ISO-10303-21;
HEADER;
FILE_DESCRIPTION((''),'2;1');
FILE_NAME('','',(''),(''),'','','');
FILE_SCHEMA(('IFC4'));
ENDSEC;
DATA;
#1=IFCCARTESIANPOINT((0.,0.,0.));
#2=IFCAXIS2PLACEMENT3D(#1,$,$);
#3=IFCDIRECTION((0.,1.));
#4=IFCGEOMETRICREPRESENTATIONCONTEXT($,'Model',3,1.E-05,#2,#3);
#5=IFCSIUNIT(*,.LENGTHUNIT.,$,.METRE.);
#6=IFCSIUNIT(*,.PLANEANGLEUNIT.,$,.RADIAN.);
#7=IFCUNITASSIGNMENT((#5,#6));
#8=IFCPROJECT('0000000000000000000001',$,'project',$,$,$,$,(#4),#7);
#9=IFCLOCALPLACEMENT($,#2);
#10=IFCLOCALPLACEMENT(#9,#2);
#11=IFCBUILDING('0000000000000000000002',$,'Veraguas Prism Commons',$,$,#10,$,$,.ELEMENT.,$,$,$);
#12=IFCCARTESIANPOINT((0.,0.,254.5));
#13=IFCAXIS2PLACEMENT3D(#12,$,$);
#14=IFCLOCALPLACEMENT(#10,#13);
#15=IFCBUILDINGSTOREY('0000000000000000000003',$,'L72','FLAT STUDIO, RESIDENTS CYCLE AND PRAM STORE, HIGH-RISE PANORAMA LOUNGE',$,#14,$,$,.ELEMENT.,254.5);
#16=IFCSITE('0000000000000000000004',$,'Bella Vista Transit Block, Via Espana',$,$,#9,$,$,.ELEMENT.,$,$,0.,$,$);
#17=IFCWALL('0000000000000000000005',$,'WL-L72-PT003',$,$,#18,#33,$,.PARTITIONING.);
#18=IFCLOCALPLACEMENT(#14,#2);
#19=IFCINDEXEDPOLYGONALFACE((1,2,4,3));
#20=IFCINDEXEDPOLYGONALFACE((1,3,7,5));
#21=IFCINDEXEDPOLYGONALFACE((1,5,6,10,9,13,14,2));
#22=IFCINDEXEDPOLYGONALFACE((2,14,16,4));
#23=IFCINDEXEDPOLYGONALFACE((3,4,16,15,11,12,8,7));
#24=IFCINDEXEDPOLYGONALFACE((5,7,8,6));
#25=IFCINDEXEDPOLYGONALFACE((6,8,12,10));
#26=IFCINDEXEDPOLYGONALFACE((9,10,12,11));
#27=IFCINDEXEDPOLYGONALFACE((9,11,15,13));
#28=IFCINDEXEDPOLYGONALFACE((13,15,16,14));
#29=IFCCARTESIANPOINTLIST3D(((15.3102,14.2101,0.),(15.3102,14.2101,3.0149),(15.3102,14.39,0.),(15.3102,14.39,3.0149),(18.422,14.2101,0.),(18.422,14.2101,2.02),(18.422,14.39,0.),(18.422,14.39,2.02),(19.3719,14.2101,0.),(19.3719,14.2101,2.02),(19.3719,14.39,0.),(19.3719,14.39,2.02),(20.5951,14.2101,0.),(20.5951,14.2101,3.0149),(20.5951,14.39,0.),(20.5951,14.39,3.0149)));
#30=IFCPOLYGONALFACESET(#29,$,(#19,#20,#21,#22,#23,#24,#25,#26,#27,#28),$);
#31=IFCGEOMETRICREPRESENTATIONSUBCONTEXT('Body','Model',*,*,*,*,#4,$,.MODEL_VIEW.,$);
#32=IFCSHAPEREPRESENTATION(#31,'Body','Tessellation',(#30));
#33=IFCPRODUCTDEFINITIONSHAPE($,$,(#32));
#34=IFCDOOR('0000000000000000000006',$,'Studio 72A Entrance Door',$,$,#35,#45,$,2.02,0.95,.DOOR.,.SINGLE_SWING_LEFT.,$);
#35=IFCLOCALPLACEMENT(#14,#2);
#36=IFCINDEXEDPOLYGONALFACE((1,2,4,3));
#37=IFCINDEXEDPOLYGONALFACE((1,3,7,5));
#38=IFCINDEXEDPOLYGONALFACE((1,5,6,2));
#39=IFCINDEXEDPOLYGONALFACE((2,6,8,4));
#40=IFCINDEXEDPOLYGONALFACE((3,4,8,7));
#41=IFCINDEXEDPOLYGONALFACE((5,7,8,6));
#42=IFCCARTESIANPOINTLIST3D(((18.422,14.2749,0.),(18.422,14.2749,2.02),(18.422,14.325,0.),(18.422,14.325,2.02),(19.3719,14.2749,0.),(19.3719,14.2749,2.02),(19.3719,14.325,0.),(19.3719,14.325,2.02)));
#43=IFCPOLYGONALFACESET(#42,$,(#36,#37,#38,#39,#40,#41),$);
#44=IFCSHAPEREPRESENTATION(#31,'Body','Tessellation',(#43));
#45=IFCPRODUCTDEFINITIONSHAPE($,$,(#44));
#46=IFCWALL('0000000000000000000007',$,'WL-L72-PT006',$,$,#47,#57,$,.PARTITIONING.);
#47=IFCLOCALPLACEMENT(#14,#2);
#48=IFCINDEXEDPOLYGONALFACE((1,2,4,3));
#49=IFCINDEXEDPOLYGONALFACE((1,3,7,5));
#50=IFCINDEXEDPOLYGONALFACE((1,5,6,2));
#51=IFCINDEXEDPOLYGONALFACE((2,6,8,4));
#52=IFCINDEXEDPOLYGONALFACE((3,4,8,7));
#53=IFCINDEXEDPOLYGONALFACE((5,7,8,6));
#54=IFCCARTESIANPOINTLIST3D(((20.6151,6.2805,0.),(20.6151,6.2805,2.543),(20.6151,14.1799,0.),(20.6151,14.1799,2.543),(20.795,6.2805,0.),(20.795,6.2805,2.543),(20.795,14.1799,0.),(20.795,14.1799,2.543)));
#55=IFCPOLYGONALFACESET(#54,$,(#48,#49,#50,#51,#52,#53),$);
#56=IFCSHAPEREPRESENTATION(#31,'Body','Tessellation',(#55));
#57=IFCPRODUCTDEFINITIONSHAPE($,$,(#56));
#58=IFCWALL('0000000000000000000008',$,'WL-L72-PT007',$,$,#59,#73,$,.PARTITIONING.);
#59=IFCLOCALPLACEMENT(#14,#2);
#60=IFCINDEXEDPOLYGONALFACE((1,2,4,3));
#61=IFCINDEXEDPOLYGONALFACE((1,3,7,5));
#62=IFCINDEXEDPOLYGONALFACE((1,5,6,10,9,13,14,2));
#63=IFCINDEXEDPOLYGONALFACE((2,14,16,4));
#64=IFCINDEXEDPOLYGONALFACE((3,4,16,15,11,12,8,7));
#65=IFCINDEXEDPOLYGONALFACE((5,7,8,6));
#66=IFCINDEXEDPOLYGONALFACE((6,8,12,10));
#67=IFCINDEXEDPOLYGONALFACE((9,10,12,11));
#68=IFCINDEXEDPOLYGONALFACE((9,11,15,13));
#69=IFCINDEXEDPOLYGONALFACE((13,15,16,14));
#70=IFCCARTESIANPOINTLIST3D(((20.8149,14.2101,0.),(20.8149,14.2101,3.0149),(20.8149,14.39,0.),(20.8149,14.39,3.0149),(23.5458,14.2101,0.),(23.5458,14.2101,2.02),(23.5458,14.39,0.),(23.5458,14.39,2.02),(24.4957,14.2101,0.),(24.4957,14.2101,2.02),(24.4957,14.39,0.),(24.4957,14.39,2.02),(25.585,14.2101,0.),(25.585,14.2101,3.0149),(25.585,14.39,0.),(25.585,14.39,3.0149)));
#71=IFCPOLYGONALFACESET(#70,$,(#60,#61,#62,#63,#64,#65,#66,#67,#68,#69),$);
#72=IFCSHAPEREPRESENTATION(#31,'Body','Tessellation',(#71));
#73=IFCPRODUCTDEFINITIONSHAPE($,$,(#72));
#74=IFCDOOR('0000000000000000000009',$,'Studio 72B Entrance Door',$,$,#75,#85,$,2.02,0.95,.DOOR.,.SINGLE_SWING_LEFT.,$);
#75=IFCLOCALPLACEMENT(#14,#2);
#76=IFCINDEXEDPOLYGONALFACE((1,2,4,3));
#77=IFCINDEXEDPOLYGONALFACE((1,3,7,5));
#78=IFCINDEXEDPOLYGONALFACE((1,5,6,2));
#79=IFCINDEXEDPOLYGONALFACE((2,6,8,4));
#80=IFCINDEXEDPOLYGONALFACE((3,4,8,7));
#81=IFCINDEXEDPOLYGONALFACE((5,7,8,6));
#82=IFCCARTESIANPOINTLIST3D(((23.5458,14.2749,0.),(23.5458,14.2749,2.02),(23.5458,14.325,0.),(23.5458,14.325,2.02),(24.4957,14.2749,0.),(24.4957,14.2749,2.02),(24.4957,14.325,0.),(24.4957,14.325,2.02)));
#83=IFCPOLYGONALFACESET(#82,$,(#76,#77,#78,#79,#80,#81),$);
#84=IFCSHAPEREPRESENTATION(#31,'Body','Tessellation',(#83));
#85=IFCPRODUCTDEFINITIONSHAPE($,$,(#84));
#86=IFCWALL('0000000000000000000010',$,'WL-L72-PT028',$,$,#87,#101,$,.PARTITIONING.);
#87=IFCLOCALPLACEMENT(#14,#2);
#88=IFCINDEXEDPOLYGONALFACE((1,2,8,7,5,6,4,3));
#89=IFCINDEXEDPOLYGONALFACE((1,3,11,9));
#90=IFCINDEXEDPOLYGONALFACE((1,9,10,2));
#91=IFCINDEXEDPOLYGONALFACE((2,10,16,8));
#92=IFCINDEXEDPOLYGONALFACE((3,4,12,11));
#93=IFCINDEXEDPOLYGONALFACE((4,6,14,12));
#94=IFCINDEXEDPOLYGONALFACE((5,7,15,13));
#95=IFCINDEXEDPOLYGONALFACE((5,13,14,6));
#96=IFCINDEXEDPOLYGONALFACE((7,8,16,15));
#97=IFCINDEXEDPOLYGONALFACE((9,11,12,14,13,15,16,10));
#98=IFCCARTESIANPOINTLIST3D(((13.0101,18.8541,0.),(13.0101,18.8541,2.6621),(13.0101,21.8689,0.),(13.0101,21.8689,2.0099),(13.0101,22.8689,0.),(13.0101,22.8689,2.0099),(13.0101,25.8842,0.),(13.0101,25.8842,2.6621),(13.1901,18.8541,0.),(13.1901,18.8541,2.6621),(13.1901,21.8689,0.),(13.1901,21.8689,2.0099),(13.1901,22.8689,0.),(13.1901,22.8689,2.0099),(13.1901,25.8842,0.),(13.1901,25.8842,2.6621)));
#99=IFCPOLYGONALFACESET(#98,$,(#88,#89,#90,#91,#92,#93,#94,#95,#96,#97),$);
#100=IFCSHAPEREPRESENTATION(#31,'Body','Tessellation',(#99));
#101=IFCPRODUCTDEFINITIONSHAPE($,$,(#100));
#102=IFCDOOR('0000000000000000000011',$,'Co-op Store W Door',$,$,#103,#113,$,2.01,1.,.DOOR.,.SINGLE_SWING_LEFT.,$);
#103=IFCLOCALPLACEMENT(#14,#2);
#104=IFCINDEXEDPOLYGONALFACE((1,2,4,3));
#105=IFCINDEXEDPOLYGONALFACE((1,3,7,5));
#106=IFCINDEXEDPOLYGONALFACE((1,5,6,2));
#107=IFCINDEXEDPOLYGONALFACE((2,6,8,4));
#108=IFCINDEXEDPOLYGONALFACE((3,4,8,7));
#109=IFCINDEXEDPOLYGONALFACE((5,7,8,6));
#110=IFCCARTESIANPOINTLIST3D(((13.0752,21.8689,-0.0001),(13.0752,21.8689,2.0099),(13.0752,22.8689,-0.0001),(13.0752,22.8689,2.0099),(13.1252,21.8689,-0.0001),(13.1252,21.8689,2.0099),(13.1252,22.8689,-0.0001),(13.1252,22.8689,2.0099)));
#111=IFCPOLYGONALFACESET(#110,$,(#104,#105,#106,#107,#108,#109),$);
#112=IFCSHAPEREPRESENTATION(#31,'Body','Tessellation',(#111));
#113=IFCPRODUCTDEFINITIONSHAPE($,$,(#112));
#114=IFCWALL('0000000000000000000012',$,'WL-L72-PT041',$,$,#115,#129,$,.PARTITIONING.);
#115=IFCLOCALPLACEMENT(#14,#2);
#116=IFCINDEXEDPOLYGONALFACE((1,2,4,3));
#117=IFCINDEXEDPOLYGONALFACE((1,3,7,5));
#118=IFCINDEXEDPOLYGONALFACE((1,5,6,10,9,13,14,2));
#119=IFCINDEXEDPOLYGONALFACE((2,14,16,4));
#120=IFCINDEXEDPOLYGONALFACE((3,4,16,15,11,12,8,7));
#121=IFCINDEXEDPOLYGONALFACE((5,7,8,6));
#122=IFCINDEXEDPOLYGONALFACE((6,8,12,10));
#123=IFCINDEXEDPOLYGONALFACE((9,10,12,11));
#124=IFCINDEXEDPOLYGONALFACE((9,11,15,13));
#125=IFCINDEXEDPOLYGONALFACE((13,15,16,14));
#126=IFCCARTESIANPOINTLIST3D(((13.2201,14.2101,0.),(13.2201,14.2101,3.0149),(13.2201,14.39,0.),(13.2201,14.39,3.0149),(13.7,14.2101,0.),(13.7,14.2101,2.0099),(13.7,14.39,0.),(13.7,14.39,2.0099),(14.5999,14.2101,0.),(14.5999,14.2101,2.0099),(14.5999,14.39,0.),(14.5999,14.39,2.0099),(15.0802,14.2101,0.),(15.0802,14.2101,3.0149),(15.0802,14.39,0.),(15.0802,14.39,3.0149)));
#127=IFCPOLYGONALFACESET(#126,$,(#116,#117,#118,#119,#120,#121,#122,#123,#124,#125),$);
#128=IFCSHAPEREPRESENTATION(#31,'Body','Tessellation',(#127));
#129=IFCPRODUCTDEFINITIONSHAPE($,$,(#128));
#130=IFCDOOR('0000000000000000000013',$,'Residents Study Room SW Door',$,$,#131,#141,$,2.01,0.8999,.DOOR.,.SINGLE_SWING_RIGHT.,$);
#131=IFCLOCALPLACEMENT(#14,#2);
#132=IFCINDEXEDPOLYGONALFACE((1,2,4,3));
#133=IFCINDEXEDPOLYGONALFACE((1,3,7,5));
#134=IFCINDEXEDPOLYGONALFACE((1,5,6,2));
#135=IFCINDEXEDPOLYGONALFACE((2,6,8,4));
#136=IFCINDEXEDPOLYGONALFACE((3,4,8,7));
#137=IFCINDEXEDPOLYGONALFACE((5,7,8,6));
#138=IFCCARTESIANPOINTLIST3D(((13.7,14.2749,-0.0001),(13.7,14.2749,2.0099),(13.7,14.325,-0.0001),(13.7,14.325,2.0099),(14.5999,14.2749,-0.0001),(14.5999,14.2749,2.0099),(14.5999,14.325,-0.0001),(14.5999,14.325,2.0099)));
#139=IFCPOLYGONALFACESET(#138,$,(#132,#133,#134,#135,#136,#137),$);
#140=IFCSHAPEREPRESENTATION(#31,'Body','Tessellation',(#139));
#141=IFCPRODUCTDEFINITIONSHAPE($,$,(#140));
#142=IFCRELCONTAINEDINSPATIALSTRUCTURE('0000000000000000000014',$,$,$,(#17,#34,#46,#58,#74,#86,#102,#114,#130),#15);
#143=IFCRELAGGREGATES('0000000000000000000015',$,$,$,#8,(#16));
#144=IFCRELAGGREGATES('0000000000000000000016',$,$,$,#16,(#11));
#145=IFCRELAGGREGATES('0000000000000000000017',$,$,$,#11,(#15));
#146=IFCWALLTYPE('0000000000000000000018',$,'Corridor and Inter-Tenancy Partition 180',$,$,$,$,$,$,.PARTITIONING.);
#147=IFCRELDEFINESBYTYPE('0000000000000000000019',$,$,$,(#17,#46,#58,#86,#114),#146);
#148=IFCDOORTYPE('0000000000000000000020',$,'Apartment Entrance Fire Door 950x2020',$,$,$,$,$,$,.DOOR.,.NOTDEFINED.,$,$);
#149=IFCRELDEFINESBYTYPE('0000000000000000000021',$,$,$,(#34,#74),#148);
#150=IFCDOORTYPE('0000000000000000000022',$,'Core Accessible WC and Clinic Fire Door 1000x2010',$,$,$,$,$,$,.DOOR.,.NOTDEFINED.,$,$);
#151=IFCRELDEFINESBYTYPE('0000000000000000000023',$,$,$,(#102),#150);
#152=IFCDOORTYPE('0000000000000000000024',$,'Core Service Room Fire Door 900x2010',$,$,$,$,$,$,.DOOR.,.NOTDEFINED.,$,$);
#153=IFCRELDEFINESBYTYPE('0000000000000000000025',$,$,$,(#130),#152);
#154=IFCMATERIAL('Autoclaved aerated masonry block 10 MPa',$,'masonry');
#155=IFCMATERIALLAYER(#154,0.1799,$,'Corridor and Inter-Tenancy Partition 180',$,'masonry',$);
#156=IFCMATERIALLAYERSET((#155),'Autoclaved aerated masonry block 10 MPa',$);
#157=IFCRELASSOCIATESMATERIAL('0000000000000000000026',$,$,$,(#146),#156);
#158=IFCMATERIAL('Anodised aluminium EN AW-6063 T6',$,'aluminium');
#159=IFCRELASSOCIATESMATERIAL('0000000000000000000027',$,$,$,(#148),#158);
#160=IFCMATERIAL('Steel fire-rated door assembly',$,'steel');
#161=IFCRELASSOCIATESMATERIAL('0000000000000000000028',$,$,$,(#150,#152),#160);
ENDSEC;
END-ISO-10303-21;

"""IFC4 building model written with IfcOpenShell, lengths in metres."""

from ifc_helpers import new_model, si_unit, direction, frame, frame_2d, origin, place, context, subcontext, project, spatial, rectangle, extrude, source, transform, mapped, material, layer, layer_set, type_object, element, fill, save


model = new_model("IFC4")

# Units and contexts
model_context = context("Model", 3, precision=1e-05, world=origin(), true_north=direction((0.0, 1.0)))
body_context = subcontext(model_context, "Body", "Model", "MODEL_VIEW")
ifc_project = project(units=[si_unit("LENGTHUNIT", "METRE"), si_unit("PLANEANGLEUNIT", "RADIAN")], contexts=[model_context])

# Site, building, storey
site_placement = place(None, origin())
site = spatial("IfcSite", under=ifc_project, at=site_placement, Name="Bella Vista Transit Block, Via Espana", CompositionType="ELEMENT", RefElevation=0.0)
building_placement = place(site_placement, origin())
building = spatial("IfcBuilding", under=site, at=building_placement, Name="Veraguas Prism Commons", CompositionType="ELEMENT")
storey_placement = place(building_placement, frame((0.0, 0.0, 254.5)))
storey = spatial("IfcBuildingStorey", under=building, at=storey_placement, Name="L72", Description="FLAT STUDIO, RESIDENTS CYCLE AND PRAM STORE, HIGH-RISE PANORAMA LOUNGE", CompositionType="ELEMENT", Elevation=254.5)

# Shared definitions
ifc_material_1 = material(Name="Steel fire-rated door assembly", Category="steel")

# Wall, opening, door
ifc_material_2 = material(Name="Autoclaved aerated masonry block 10 MPa", Category="masonry")
ifc_layer_1 = layer(ifc_material_2, 0.1799, Name="Corridor and Inter-Tenancy Partition 180", Category="masonry")
ifc_layer_set_1 = layer_set([ifc_layer_1], Name="Autoclaved aerated masonry block 10 MPa")
wall_type_1 = type_object("IfcWallType", Name="Corridor and Inter-Tenancy Partition 180", PredefinedType="PARTITIONING", material=ifc_layer_set_1)
wall_1_placement = place(storey_placement, frame((15.3101, 14.3, 0.0), z_axis=(0.0, 0.0, 1.0), x_axis=(1.0, 0.0, 0.0)))
wall_1 = element("IfcWall", 1, at=wall_1_placement, inside=storey, type_object=wall_type_1, Name="WL-L72-PT003", PredefinedType="PARTITIONING", context=body_context, shape_type="SweptSolid", body=[
    extrude(rectangle(XDim=5.2849, YDim=0.1799, at=frame_2d((2.6426, 0.0))), origin(), (0.0, 0.0, 1.0), 3.0149),
])
opening_1_placement = place(wall_1_placement, frame((3.1118, 0.0, 0.0)))
opening_1 = element("IfcOpeningElement", 2, at=opening_1_placement, cuts=wall_1, PredefinedType="OPENING", context=body_context, shape_type="SweptSolid", body=[
    extrude(rectangle(XDim=0.95, YDim=2.02, at=frame_2d((0.4751, 1.01))), frame((0.0, 0.0999, 0.0), z_axis=(0.0, -1.0, 0.0), x_axis=(1.0, 0.0, 0.0)), (0.0, 0.0, 1.0), 0.2),
])
ifc_material_3 = material(Name="Anodised aluminium EN AW-6063 T6", Category="aluminium")
door_type_1 = type_object("IfcDoorType", Name="Apartment Entrance Fire Door 950x2020", OperationType="NOTDEFINED", PredefinedType="DOOR", material=ifc_material_3)
shared_shape_1 = source(origin(), body_context, "Body", "SweptSolid", [
    extrude(rectangle(XDim=0.95, YDim=2.02, at=frame_2d((0.4751, 1.01))), frame((0.0, 0.0249, 0.0), z_axis=(0.0, -1.0, 0.0), x_axis=(1.0, 0.0, 0.0)), (0.0, 0.0, 1.0), 0.05),
])
door_1_placement = place(opening_1_placement, origin())
door_1 = element("IfcDoor", 3, at=door_1_placement, inside=storey, type_object=door_type_1, Name="Studio 72A Entrance Door", OperationType="SINGLE_SWING_LEFT", OverallHeight=2.02, OverallWidth=0.95, PredefinedType="DOOR", context=body_context, shape_type="MappedRepresentation", body=[
    mapped(shared_shape_1, transform((0.0, 0.0, 0.0), scale=1.0)),
])
fill(opening_1, door_1)

# Wall
wall_2_placement = place(storey_placement, frame((20.7051, 14.1799, 0.0), z_axis=(0.0, 0.0, 1.0), x_axis=(0.0, -1.0, 0.0)))
element("IfcWall", 4, at=wall_2_placement, inside=storey, type_object=wall_type_1, Name="WL-L72-PT006", PredefinedType="PARTITIONING", context=body_context, shape_type="SweptSolid", body=[
    extrude(rectangle(XDim=7.8994, YDim=0.1799, at=frame_2d((3.9497, 0.0))), origin(), (0.0, 0.0, 1.0), 2.543),
])

# Walls, openings, doors
wall_3_placement = place(storey_placement, frame((20.8149, 14.3, 0.0), z_axis=(0.0, 0.0, 1.0), x_axis=(1.0, 0.0, 0.0)))
wall_3 = element("IfcWall", 5, at=wall_3_placement, inside=storey, type_object=wall_type_1, Name="WL-L72-PT007", PredefinedType="PARTITIONING", context=body_context, shape_type="SweptSolid", body=[
    extrude(rectangle(XDim=4.77, YDim=0.1799, at=frame_2d((2.385, 0.0))), origin(), (0.0, 0.0, 1.0), 3.0149),
])
opening_2_placement = place(wall_3_placement, frame((2.7307, 0.0, 0.0)))
opening_2 = element("IfcOpeningElement", 6, at=opening_2_placement, cuts=wall_3, PredefinedType="OPENING", context=body_context, shape_type="SweptSolid", body=[
    extrude(rectangle(XDim=0.95, YDim=2.02, at=frame_2d((0.4751, 1.01))), frame((0.0, 0.0999, 0.0), z_axis=(0.0, -1.0, 0.0), x_axis=(1.0, 0.0, 0.0)), (0.0, 0.0, 1.0), 0.2),
])
door_2_placement = place(opening_2_placement, origin())
door_2 = element("IfcDoor", 7, at=door_2_placement, inside=storey, type_object=door_type_1, Name="Studio 72B Entrance Door", OperationType="SINGLE_SWING_LEFT", OverallHeight=2.02, OverallWidth=0.95, PredefinedType="DOOR", context=body_context, shape_type="MappedRepresentation", body=[
    mapped(shared_shape_1, transform((0.0, 0.0, 0.0), scale=1.0)),
])
fill(opening_2, door_2)
wall_4_placement = place(storey_placement, frame((13.1001, 18.854, 0.0), z_axis=(0.0, 0.0, 1.0), x_axis=(0.0, 1.0, 0.0)))
wall_4 = element("IfcWall", 8, at=wall_4_placement, inside=storey, type_object=wall_type_1, Name="WL-L72-PT028", PredefinedType="PARTITIONING", context=body_context, shape_type="SweptSolid", body=[
    extrude(rectangle(XDim=7.03, YDim=0.1799, at=frame_2d((3.5151, 0.0))), origin(), (0.0, 0.0, 1.0), 2.6621),
])
opening_3_placement = place(wall_4_placement, frame((3.0149, 0.0, 0.0)))
opening_3 = element("IfcOpeningElement", 9, at=opening_3_placement, cuts=wall_4, PredefinedType="OPENING", context=body_context, shape_type="SweptSolid", body=[
    extrude(rectangle(XDim=1.0, YDim=2.01, at=frame_2d((0.5, 1.0049))), frame((0.0, 0.0999, 0.0), z_axis=(0.0, -1.0, 0.0), x_axis=(1.0, 0.0, 0.0)), (0.0, 0.0, 1.0), 0.2),
])
door_type_2 = type_object("IfcDoorType", Name="Core Accessible WC and Clinic Fire Door 1000x2010", OperationType="NOTDEFINED", PredefinedType="DOOR", material=ifc_material_1)
shared_shape_2 = source(origin(), body_context, "Body", "SweptSolid", [
    extrude(rectangle(XDim=1.0, YDim=2.01, at=frame_2d((0.5, 1.0049))), frame((0.0, 0.0249, 0.0), z_axis=(0.0, -1.0, 0.0), x_axis=(1.0, 0.0, 0.0)), (0.0, 0.0, 1.0), 0.05),
])
door_3_placement = place(opening_3_placement, origin())
door_3 = element("IfcDoor", 10, at=door_3_placement, inside=storey, type_object=door_type_2, Name="Co-op Store W Door", OperationType="SINGLE_SWING_LEFT", OverallHeight=2.01, OverallWidth=1.0, PredefinedType="DOOR", context=body_context, shape_type="MappedRepresentation", body=[
    mapped(shared_shape_2, transform((0.0, 0.0, 0.0), scale=1.0)),
])
fill(opening_3, door_3)
wall_5_placement = place(storey_placement, frame((13.22, 14.3, 0.0), z_axis=(0.0, 0.0, 1.0), x_axis=(1.0, 0.0, 0.0)))
wall_5 = element("IfcWall", 11, at=wall_5_placement, inside=storey, type_object=wall_type_1, Name="WL-L72-PT041", PredefinedType="PARTITIONING", context=body_context, shape_type="SweptSolid", body=[
    extrude(rectangle(XDim=1.8601, YDim=0.1799, at=frame_2d((0.9302, 0.0))), origin(), (0.0, 0.0, 1.0), 3.0149),
])
opening_4_placement = place(wall_5_placement, frame((0.48, 0.0, 0.0)))
opening_4 = element("IfcOpeningElement", 12, at=opening_4_placement, cuts=wall_5, PredefinedType="OPENING", context=body_context, shape_type="SweptSolid", body=[
    extrude(rectangle(XDim=0.8999, YDim=2.01, at=frame_2d((0.45, 1.0049))), frame((0.0, 0.0999, 0.0), z_axis=(0.0, -1.0, 0.0), x_axis=(1.0, 0.0, 0.0)), (0.0, 0.0, 1.0), 0.2),
])
door_type_3 = type_object("IfcDoorType", Name="Core Service Room Fire Door 900x2010", OperationType="NOTDEFINED", PredefinedType="DOOR", material=ifc_material_1)
shared_shape_3 = source(origin(), body_context, "Body", "SweptSolid", [
    extrude(rectangle(XDim=0.8999, YDim=2.01, at=frame_2d((0.45, 1.0049))), frame((0.0, 0.0249, 0.0), z_axis=(0.0, -1.0, 0.0), x_axis=(1.0, 0.0, 0.0)), (0.0, 0.0, 1.0), 0.05),
])
door_4_placement = place(opening_4_placement, origin())
door_4 = element("IfcDoor", 13, at=door_4_placement, inside=storey, type_object=door_type_3, Name="Residents Study Room SW Door", OperationType="SINGLE_SWING_RIGHT", OverallHeight=2.01, OverallWidth=0.8999, PredefinedType="DOOR", context=body_context, shape_type="MappedRepresentation", body=[
    mapped(shared_shape_3, transform((0.0, 0.0, 0.0), scale=1.0)),
])
fill(opening_4, door_4)

save(model, "model.ifc")
